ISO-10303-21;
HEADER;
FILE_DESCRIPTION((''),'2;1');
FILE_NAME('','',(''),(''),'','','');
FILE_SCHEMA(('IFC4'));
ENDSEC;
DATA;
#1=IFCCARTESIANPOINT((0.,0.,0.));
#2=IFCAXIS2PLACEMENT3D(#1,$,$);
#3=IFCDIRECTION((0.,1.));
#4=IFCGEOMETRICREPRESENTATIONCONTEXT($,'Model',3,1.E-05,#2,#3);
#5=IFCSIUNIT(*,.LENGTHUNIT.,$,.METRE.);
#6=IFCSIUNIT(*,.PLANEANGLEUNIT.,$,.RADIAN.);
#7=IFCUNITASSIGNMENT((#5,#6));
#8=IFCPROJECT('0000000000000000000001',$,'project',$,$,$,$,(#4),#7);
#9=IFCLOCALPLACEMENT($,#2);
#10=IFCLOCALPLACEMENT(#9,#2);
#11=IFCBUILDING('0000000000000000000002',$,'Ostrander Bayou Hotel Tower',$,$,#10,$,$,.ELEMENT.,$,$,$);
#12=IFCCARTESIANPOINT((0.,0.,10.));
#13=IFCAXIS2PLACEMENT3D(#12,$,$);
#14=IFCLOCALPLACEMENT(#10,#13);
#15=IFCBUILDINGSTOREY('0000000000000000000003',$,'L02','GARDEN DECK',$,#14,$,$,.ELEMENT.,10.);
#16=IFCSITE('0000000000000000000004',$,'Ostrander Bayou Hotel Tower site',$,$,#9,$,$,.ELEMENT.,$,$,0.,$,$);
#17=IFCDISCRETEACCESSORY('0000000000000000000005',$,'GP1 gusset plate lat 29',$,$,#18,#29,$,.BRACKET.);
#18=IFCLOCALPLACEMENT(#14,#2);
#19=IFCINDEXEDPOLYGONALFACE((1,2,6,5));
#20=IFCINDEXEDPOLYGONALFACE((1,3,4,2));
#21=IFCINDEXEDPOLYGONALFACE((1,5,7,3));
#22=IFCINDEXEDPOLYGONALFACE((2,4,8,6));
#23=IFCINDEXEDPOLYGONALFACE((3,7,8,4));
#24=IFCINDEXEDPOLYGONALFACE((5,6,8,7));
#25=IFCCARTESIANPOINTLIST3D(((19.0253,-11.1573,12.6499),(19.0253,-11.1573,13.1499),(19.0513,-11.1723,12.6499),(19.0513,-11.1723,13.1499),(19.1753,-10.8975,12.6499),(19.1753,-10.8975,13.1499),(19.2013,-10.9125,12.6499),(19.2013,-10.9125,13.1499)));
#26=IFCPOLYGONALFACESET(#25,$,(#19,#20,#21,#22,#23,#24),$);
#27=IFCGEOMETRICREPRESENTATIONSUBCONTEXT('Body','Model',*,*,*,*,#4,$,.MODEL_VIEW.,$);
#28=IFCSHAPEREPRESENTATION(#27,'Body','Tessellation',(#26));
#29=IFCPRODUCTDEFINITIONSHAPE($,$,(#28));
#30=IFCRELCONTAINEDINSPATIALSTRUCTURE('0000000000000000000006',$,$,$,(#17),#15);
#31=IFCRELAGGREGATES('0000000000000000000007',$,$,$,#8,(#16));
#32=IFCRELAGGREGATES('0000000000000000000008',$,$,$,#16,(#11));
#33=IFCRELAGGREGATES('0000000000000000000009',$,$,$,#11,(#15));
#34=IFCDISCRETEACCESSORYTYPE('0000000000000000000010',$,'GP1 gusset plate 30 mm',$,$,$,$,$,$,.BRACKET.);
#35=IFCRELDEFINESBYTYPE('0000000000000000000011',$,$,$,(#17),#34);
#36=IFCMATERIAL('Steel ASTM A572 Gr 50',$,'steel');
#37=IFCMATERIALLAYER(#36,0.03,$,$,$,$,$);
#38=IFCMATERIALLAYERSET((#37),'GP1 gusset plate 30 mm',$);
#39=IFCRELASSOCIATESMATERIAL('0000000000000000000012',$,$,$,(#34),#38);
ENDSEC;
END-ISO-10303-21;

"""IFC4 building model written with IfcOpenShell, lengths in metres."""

from ifc_helpers import new_model, si_unit, direction, frame, origin, origin_2d, place, context, subcontext, project, spatial, rectangle, extrude, material, layer, layer_set, type_object, element, save


model = new_model("IFC4")

# Units and contexts
model_context = context("Model", 3, precision=1e-05, world=origin(), true_north=direction((0.0, 1.0)))
body_context = subcontext(model_context, "Body", "Model", "MODEL_VIEW")
ifc_project = project(units=[si_unit("LENGTHUNIT", "METRE"), si_unit("PLANEANGLEUNIT", "RADIAN")], contexts=[model_context])

# Site, building, storey
site_placement = place(None, origin())
site = spatial("IfcSite", under=ifc_project, at=site_placement, Name="Ostrander Bayou Hotel Tower site", CompositionType="ELEMENT", RefElevation=0.0)
building_placement = place(site_placement, origin())
building = spatial("IfcBuilding", under=site, at=building_placement, Name="Ostrander Bayou Hotel Tower", CompositionType="ELEMENT")
storey_placement = place(building_placement, frame((0.0, 0.0, 10.0)))
storey = spatial("IfcBuildingStorey", under=building, at=storey_placement, Name="L02", Description="GARDEN DECK", CompositionType="ELEMENT", Elevation=10.0)

# Discrete accessory
ifc_material_1 = material(Name="Steel ASTM A572 Gr 50", Category="steel")
ifc_layer_1 = layer(ifc_material_1, 0.03)
ifc_layer_set_1 = layer_set([ifc_layer_1], Name="GP1 gusset plate 30 mm")
discrete_accessory_type = type_object("IfcDiscreteAccessoryType", Name="GP1 gusset plate 30 mm", PredefinedType="BRACKET", material=ifc_layer_set_1)
discrete_accessory_placement = place(storey_placement, frame((19.1133, -11.0349, 12.6499), z_axis=(0.0, 0.0, 1.0), x_axis=(0.5, 0.866025, 0.0)))
element("IfcDiscreteAccessory", 1, at=discrete_accessory_placement, inside=storey, type_object=discrete_accessory_type, Name="GP1 gusset plate lat 29", PredefinedType="BRACKET", context=body_context, shape_type="SweptSolid", body=[
    extrude(rectangle(XDim=0.3, YDim=0.03, at=origin_2d()), origin(), (0.0, 0.0, 1.0), 0.5),
])

save(model, "model.ifc")
